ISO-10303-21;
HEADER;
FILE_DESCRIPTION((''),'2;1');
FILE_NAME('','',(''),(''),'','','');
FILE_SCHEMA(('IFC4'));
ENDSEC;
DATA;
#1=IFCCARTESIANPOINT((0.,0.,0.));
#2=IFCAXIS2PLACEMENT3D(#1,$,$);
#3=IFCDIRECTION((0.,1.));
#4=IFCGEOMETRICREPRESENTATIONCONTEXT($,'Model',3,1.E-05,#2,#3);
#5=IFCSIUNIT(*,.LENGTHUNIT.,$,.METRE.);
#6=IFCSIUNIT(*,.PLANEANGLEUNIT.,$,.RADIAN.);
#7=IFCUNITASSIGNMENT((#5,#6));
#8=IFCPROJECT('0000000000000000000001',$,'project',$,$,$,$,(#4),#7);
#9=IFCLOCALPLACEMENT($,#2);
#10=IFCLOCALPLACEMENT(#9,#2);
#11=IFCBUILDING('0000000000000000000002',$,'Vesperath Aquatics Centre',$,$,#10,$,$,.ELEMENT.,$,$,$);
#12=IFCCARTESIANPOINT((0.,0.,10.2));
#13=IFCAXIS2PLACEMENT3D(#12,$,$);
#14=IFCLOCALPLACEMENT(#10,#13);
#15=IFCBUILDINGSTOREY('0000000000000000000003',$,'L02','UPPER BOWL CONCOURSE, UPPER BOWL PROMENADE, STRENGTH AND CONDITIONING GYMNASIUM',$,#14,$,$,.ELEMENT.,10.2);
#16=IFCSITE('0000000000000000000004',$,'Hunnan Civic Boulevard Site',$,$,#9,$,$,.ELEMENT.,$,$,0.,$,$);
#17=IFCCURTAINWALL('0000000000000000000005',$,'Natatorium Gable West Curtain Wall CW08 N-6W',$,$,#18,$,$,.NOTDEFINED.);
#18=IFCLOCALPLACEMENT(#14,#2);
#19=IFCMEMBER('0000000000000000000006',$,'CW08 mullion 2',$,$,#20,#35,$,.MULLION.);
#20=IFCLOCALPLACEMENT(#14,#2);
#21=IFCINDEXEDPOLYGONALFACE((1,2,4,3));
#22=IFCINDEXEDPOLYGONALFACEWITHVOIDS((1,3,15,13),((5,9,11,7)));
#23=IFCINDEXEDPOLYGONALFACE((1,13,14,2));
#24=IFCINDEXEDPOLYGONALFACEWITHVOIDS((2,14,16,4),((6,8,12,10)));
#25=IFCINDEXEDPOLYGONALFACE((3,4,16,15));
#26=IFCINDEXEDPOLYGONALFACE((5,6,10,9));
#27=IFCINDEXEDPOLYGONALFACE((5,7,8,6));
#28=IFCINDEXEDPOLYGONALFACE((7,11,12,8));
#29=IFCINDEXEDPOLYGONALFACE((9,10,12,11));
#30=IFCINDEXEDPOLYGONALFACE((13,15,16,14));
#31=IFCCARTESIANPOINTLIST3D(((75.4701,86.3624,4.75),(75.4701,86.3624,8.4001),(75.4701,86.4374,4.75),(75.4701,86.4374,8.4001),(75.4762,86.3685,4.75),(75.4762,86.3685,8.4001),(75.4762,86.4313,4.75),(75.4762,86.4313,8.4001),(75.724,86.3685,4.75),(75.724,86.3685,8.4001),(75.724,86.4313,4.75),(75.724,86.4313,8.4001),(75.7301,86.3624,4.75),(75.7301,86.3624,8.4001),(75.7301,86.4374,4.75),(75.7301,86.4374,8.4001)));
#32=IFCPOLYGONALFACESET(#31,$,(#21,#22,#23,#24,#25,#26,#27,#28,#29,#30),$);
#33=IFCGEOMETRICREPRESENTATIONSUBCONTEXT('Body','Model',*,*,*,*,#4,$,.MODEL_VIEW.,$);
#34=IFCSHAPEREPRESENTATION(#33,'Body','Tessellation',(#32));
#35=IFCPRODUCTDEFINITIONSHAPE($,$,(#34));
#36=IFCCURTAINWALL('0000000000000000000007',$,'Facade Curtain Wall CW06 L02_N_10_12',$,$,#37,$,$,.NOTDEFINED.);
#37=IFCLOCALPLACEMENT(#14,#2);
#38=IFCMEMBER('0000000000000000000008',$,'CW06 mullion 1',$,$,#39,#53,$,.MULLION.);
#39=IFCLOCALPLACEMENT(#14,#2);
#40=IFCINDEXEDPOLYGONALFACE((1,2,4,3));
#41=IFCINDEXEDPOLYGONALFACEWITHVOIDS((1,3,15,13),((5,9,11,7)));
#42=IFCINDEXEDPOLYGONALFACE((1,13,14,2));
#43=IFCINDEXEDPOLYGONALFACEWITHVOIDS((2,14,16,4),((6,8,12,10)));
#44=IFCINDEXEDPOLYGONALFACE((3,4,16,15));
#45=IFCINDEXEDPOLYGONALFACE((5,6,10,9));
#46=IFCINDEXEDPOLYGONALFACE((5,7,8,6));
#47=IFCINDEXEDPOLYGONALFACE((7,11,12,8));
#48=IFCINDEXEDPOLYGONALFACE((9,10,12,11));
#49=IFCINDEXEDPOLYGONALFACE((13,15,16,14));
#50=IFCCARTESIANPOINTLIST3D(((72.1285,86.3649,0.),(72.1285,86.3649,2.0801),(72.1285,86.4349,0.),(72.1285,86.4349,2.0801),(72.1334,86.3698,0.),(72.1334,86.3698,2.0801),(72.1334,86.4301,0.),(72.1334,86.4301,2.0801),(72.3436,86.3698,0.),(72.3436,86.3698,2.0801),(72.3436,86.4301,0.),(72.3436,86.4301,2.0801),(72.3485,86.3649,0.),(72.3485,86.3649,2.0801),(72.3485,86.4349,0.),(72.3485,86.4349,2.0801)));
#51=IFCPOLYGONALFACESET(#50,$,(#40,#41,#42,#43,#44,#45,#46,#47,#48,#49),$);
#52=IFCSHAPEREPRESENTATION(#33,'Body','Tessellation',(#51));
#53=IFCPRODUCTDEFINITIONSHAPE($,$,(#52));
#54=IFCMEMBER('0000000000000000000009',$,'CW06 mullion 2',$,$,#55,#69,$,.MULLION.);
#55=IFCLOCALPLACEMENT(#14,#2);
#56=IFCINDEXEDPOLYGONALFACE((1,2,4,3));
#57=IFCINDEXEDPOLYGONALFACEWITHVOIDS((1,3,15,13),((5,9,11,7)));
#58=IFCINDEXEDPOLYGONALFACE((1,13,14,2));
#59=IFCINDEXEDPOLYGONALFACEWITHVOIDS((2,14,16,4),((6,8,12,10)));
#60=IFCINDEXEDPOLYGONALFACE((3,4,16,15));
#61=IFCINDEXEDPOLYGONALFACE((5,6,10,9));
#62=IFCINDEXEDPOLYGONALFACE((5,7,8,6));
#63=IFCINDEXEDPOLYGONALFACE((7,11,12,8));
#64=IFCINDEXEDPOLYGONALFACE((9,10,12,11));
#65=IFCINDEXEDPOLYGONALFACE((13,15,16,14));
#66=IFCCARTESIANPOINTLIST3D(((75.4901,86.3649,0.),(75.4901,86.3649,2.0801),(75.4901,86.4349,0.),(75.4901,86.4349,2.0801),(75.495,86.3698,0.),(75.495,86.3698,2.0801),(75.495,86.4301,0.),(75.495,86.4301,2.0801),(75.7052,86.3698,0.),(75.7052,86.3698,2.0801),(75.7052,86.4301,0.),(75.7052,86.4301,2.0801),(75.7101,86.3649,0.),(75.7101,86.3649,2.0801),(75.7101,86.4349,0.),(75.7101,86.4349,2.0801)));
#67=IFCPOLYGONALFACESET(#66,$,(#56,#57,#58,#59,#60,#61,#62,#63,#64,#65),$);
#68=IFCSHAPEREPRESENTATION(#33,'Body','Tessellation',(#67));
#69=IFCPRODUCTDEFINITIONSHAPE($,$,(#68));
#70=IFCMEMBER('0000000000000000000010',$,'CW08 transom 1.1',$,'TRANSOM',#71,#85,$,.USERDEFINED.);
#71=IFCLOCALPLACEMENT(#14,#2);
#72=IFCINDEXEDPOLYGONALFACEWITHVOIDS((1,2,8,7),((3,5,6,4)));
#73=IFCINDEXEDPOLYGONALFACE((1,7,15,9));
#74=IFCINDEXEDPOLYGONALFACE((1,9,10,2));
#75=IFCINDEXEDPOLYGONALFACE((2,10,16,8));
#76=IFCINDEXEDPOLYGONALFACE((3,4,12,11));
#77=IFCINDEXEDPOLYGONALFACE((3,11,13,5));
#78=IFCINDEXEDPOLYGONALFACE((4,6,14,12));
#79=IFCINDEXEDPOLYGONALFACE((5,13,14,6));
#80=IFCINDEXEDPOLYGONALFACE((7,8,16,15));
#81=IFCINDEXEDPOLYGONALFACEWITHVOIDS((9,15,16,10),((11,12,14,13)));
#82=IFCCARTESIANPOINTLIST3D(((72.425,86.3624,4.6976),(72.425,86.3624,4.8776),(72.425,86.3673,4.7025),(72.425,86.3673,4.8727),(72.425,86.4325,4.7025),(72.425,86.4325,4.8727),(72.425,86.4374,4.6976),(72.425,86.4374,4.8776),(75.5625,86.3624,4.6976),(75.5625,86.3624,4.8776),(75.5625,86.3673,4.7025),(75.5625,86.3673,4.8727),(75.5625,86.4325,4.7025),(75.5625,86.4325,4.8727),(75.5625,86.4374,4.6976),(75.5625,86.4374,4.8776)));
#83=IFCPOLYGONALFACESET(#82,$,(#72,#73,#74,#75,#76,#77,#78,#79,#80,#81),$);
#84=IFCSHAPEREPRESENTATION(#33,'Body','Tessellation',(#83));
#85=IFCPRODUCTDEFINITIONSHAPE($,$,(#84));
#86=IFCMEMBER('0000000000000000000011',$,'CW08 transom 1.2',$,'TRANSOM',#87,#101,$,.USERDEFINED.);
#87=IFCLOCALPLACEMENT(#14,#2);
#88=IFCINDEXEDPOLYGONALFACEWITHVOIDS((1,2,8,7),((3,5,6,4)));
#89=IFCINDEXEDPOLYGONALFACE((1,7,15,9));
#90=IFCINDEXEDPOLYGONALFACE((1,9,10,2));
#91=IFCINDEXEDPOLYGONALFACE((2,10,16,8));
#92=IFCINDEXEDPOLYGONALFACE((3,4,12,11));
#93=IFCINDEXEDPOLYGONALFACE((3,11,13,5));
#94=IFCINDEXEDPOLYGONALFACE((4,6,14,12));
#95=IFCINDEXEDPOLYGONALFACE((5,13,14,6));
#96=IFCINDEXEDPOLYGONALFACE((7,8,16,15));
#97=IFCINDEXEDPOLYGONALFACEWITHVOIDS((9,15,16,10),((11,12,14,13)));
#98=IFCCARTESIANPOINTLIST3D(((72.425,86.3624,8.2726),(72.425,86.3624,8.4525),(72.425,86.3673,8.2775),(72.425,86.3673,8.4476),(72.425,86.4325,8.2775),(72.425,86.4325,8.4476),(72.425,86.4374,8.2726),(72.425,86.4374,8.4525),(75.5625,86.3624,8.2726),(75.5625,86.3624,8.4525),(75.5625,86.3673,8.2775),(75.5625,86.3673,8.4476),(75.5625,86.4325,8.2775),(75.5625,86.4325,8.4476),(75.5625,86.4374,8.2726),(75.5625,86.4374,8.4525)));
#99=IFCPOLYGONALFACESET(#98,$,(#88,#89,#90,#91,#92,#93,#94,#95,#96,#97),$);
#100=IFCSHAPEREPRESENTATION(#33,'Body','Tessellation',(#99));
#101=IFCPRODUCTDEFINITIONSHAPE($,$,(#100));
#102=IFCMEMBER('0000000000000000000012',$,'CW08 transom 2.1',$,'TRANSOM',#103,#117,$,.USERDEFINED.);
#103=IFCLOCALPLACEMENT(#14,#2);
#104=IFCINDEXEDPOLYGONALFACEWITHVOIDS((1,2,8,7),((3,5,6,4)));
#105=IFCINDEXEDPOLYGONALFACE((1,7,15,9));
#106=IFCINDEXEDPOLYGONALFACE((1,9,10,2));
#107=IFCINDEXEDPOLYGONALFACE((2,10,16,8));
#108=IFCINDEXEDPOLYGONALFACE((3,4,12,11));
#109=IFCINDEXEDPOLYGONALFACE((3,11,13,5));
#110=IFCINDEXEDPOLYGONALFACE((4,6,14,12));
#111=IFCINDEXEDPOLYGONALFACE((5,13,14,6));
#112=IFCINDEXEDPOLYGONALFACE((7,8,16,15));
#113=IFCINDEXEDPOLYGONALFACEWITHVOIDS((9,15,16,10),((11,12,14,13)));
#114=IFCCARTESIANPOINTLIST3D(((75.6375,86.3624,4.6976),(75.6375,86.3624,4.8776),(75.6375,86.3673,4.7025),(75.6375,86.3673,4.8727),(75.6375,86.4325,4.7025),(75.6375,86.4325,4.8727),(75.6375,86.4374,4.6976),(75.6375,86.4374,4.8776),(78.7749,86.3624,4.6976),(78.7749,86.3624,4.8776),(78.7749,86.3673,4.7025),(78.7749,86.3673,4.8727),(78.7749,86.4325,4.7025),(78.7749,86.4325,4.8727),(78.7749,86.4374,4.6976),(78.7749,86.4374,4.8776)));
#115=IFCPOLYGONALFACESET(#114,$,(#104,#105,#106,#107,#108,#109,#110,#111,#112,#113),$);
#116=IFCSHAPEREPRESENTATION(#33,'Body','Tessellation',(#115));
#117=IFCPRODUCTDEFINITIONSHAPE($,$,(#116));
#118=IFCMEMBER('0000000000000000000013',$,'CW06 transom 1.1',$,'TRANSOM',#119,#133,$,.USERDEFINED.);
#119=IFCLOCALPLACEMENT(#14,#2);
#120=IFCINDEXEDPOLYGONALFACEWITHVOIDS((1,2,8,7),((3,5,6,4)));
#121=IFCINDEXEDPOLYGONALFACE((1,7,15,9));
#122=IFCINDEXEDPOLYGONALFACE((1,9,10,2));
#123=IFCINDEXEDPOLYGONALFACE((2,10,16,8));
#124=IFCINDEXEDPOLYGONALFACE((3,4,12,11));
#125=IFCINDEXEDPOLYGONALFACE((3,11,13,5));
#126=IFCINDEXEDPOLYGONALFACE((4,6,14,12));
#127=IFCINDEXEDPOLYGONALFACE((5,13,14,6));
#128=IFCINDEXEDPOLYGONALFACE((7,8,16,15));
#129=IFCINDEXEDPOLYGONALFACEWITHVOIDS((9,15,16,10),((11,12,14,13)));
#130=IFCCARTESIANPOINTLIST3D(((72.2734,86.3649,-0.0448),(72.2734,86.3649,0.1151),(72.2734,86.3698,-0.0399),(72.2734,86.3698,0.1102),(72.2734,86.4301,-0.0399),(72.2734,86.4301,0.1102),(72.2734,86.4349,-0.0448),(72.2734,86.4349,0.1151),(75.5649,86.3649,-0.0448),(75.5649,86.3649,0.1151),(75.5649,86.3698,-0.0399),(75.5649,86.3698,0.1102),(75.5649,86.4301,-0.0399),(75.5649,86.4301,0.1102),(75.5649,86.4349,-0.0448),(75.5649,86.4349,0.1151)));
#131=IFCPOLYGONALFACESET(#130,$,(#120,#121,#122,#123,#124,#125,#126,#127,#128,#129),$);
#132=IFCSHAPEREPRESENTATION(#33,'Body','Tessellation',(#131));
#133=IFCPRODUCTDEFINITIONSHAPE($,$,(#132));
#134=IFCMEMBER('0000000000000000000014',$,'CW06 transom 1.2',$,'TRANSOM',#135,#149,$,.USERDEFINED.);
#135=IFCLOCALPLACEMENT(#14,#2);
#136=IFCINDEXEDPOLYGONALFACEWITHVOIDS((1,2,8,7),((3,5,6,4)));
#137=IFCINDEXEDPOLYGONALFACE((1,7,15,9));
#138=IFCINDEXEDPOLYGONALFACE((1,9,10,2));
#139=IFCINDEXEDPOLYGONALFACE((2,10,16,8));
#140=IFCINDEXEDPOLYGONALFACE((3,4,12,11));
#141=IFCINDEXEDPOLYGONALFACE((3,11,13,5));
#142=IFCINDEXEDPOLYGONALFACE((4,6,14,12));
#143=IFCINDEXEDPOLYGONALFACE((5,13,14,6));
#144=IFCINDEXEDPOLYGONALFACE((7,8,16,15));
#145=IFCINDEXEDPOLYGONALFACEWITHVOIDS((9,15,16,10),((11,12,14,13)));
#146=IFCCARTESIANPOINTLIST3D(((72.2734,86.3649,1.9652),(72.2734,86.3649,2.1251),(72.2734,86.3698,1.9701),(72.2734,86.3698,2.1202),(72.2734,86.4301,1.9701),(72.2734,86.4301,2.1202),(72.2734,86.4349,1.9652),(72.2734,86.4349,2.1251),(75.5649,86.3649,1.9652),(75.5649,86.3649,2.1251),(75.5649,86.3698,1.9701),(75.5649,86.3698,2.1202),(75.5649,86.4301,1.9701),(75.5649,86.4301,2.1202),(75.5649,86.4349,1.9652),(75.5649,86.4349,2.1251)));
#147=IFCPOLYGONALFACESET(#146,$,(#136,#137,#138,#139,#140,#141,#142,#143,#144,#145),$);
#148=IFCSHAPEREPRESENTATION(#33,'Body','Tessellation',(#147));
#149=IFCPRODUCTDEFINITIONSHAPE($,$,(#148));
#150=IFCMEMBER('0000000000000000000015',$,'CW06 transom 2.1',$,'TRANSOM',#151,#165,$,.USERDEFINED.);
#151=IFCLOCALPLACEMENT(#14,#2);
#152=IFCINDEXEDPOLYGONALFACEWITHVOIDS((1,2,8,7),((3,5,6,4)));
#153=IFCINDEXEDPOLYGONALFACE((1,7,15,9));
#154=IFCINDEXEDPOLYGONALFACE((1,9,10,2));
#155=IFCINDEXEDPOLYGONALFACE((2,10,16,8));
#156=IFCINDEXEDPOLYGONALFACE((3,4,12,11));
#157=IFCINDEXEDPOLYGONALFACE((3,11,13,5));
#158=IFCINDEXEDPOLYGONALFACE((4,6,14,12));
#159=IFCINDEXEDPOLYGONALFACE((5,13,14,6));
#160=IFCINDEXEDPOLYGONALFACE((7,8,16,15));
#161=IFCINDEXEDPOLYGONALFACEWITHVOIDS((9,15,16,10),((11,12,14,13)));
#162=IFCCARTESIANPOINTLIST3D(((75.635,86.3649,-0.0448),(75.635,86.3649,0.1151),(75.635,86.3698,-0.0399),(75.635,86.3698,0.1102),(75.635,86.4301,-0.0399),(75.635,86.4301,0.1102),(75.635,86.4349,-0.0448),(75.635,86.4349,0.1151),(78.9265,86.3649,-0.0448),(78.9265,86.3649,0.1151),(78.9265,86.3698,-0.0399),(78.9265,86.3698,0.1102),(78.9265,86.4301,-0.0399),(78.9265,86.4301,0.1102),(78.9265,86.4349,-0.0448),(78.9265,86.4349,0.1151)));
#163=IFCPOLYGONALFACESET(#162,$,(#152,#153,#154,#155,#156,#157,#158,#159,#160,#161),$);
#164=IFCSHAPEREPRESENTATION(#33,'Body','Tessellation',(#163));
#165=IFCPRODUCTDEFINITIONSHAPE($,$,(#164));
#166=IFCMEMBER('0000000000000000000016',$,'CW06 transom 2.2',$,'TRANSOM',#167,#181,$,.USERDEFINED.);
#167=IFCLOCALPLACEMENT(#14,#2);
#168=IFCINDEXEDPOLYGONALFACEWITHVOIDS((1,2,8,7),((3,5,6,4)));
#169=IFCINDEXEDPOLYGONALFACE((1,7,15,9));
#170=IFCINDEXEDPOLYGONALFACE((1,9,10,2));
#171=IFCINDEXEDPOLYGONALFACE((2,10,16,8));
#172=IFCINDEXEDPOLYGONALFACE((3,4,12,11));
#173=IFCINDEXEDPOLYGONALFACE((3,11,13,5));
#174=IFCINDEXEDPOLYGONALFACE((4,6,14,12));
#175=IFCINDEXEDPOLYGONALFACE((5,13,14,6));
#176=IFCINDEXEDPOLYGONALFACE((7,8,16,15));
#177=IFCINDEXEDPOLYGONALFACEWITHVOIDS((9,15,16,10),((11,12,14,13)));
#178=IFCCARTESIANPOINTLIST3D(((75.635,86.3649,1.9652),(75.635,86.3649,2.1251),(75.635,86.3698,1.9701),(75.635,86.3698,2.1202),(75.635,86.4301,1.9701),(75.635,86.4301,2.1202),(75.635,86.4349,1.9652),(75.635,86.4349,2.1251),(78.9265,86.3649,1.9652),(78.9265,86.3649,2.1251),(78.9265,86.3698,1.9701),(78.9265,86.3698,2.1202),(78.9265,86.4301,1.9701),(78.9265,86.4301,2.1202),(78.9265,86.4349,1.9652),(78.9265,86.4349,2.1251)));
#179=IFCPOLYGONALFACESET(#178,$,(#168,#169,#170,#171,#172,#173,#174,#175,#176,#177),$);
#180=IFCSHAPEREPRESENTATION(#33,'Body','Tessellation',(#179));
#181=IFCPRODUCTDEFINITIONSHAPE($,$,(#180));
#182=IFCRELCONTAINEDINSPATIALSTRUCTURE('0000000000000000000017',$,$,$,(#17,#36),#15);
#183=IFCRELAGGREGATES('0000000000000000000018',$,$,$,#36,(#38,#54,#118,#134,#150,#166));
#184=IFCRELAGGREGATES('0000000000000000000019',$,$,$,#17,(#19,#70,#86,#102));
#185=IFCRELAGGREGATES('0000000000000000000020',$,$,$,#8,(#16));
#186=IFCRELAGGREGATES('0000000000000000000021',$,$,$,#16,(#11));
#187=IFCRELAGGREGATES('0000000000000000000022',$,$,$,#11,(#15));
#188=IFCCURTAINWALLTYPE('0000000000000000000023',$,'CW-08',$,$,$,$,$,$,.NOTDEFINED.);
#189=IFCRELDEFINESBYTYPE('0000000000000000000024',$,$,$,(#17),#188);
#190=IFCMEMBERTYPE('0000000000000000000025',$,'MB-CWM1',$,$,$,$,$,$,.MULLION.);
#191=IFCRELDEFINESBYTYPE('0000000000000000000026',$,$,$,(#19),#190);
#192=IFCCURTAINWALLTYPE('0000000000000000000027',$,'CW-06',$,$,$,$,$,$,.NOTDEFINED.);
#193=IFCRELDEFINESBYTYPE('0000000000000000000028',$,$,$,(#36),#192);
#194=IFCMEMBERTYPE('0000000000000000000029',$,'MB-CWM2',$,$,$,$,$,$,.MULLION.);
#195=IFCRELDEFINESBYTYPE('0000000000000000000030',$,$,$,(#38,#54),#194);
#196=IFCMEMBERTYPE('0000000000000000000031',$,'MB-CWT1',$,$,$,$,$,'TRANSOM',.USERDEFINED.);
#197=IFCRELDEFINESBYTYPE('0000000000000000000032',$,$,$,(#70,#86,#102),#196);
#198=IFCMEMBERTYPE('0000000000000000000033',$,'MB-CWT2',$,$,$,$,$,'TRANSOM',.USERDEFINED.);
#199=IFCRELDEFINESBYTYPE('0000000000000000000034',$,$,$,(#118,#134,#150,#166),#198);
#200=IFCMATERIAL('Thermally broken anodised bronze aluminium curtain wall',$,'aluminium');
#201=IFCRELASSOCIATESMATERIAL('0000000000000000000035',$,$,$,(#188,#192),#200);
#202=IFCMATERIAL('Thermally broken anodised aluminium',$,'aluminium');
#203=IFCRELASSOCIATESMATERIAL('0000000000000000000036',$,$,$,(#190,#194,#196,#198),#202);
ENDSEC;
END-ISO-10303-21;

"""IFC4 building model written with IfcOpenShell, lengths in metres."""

from ifc_helpers import new_model, si_unit, direction, frame, origin, origin_2d, place, context, subcontext, project, spatial, hollow_rectangle, extrude, material, material_profile, profile_set, type_object, element, aggregate, save


model = new_model("IFC4")

# Units and contexts
model_context = context("Model", 3, precision=1e-05, world=origin(), true_north=direction((0.0, 1.0)))
body_context = subcontext(model_context, "Body", "Model", "MODEL_VIEW")
ifc_project = project(units=[si_unit("LENGTHUNIT", "METRE"), si_unit("PLANEANGLEUNIT", "RADIAN")], contexts=[model_context])

# Site, building, storey
site_placement = place(None, origin())
site = spatial("IfcSite", under=ifc_project, at=site_placement, Name="Hunnan Civic Boulevard Site", CompositionType="ELEMENT", RefElevation=0.0)
building_placement = place(site_placement, origin())
building = spatial("IfcBuilding", under=site, at=building_placement, Name="Vesperath Aquatics Centre", CompositionType="ELEMENT")
storey_placement = place(building_placement, frame((0.0, 0.0, 10.2)))
storey = spatial("IfcBuildingStorey", under=building, at=storey_placement, Name="L02", Description="UPPER BOWL CONCOURSE, UPPER BOWL PROMENADE, STRENGTH AND CONDITIONING GYMNASIUM", CompositionType="ELEMENT", Elevation=10.2)

# Curtain walls, members
ifc_material_1 = material(Name="Thermally broken anodised bronze aluminium curtain wall", Category="aluminium")
curtain_wall_type_1 = type_object("IfcCurtainWallType", Name="CW-08", PredefinedType="NOTDEFINED", material=ifc_material_1)
curtain_wall_1_placement = place(storey_placement, origin())
curtain_wall_1 = element("IfcCurtainWall", 1, at=curtain_wall_1_placement, inside=storey, type_object=curtain_wall_type_1, Name="Natatorium Gable West Curtain Wall CW08 N-6W", PredefinedType="NOTDEFINED")
ifc_material_2 = material(Name="Thermally broken anodised aluminium", Category="aluminium")
ifc_material_profile_1 = material_profile(ifc_material_2, hollow_rectangle(XDim=0.075, YDim=0.26, WallThickness=0.0061, at=origin_2d()), Name="CWM 75x260x6")
ifc_profile_set_1 = profile_set([ifc_material_profile_1], Name="Thermally broken anodised aluminium")
member_type_1 = type_object("IfcMemberType", Name="MB-CWM1", PredefinedType="MULLION", material=ifc_profile_set_1)
member_1_placement = place(storey_placement, frame((75.6001, 86.3999, 4.75), z_axis=(0.0, 0.0, 1.0), x_axis=(0.0, 1.0, 0.0)))
member_1 = element("IfcMember", 2, at=member_1_placement, type_object=member_type_1, Name="CW08 mullion 2", PredefinedType="MULLION", context=body_context, shape_type="SweptSolid", body=[
    extrude(hollow_rectangle(XDim=0.075, YDim=0.26, WallThickness=0.0061, at=origin_2d()), origin(), (0.0, 0.0, 1.0), 3.6501),
])
curtain_wall_type_2 = type_object("IfcCurtainWallType", Name="CW-06", PredefinedType="NOTDEFINED", material=ifc_material_1)
curtain_wall_2_placement = place(storey_placement, origin())
curtain_wall_2 = element("IfcCurtainWall", 3, at=curtain_wall_2_placement, inside=storey, type_object=curtain_wall_type_2, Name="Facade Curtain Wall CW06 L02_N_10_12", PredefinedType="NOTDEFINED")
ifc_material_profile_2 = material_profile(ifc_material_2, hollow_rectangle(XDim=0.0701, YDim=0.22, WallThickness=0.0049, at=origin_2d()), Name="CWM 70x220x5")
ifc_profile_set_2 = profile_set([ifc_material_profile_2], Name="Thermally broken anodised aluminium")
member_type_2 = type_object("IfcMemberType", Name="MB-CWM2", PredefinedType="MULLION", material=ifc_profile_set_2)
member_2_placement = place(storey_placement, frame((72.2385, 86.3999, 0.0), z_axis=(0.0, 0.0, 1.0), x_axis=(0.0, 1.0, 0.0)))
member_2 = element("IfcMember", 4, at=member_2_placement, type_object=member_type_2, Name="CW06 mullion 1", PredefinedType="MULLION", context=body_context, shape_type="SweptSolid", body=[
    extrude(hollow_rectangle(XDim=0.0701, YDim=0.22, WallThickness=0.0049, at=origin_2d()), origin(), (0.0, 0.0, 1.0), 2.0801),
])
member_3_placement = place(storey_placement, frame((75.6001, 86.3999, 0.0), z_axis=(0.0, 0.0, 1.0), x_axis=(0.0, 1.0, 0.0)))
member_3 = element("IfcMember", 5, at=member_3_placement, type_object=member_type_2, Name="CW06 mullion 2", PredefinedType="MULLION", context=body_context, shape_type="SweptSolid", body=[
    extrude(hollow_rectangle(XDim=0.0701, YDim=0.22, WallThickness=0.0049, at=origin_2d()), origin(), (0.0, 0.0, 1.0), 2.0801),
])

# Members
ifc_material_profile_3 = material_profile(ifc_material_2, hollow_rectangle(XDim=0.075, YDim=0.1799, WallThickness=0.0049, at=origin_2d()), Name="CWT 75x180x5")
ifc_profile_set_3 = profile_set([ifc_material_profile_3], Name="Thermally broken anodised aluminium")
member_type_3 = type_object("IfcMemberType", Name="MB-CWT1", ElementType="TRANSOM", PredefinedType="USERDEFINED", material=ifc_profile_set_3)
member_4_placement = place(storey_placement, frame((72.425, 86.3999, 4.7876), z_axis=(1.0, 0.0, 0.0), x_axis=(0.0, 1.0, 0.0)))
member_4 = element("IfcMember", 6, at=member_4_placement, type_object=member_type_3, Name="CW08 transom 1.1", ObjectType="TRANSOM", PredefinedType="USERDEFINED", context=body_context, shape_type="SweptSolid", body=[
    extrude(hollow_rectangle(XDim=0.075, YDim=0.1799, WallThickness=0.0049, at=origin_2d()), origin(), (0.0, 0.0, 1.0), 3.1375),
])
member_5_placement = place(storey_placement, frame((72.425, 86.3999, 8.3625), z_axis=(1.0, 0.0, 0.0), x_axis=(0.0, 1.0, 0.0)))
member_5 = element("IfcMember", 7, at=member_5_placement, type_object=member_type_3, Name="CW08 transom 1.2", ObjectType="TRANSOM", PredefinedType="USERDEFINED", context=body_context, shape_type="SweptSolid", body=[
    extrude(hollow_rectangle(XDim=0.075, YDim=0.1799, WallThickness=0.0049, at=origin_2d()), origin(), (0.0, 0.0, 1.0), 3.1375),
])
member_6_placement = place(storey_placement, frame((75.6375, 86.3999, 4.7876), z_axis=(1.0, 0.0, 0.0), x_axis=(0.0, 1.0, 0.0)))
member_6 = element("IfcMember", 8, at=member_6_placement, type_object=member_type_3, Name="CW08 transom 2.1", ObjectType="TRANSOM", PredefinedType="USERDEFINED", context=body_context, shape_type="SweptSolid", body=[
    extrude(hollow_rectangle(XDim=0.075, YDim=0.1799, WallThickness=0.0049, at=origin_2d()), origin(), (0.0, 0.0, 1.0), 3.1375),
])
ifc_material_profile_4 = material_profile(ifc_material_2, hollow_rectangle(XDim=0.0701, YDim=0.1599, WallThickness=0.0049, at=origin_2d()), Name="CWT 70x160x5")
ifc_profile_set_4 = profile_set([ifc_material_profile_4], Name="Thermally broken anodised aluminium")
member_type_4 = type_object("IfcMemberType", Name="MB-CWT2", ElementType="TRANSOM", PredefinedType="USERDEFINED", material=ifc_profile_set_4)
member_7_placement = place(storey_placement, frame((72.2734, 86.3999, 0.0352), z_axis=(1.0, 0.0, 0.0), x_axis=(0.0, 1.0, 0.0)))
member_7 = element("IfcMember", 9, at=member_7_placement, type_object=member_type_4, Name="CW06 transom 1.1", ObjectType="TRANSOM", PredefinedType="USERDEFINED", context=body_context, shape_type="SweptSolid", body=[
    extrude(hollow_rectangle(XDim=0.0701, YDim=0.1599, WallThickness=0.0049, at=origin_2d()), origin(), (0.0, 0.0, 1.0), 3.2915),
])
member_8_placement = place(storey_placement, frame((72.2734, 86.3999, 2.0452), z_axis=(1.0, 0.0, 0.0), x_axis=(0.0, 1.0, 0.0)))
member_8 = element("IfcMember", 10, at=member_8_placement, type_object=member_type_4, Name="CW06 transom 1.2", ObjectType="TRANSOM", PredefinedType="USERDEFINED", context=body_context, shape_type="SweptSolid", body=[
    extrude(hollow_rectangle(XDim=0.0701, YDim=0.1599, WallThickness=0.0049, at=origin_2d()), origin(), (0.0, 0.0, 1.0), 3.2915),
])
member_9_placement = place(storey_placement, frame((75.635, 86.3999, 0.0352), z_axis=(1.0, 0.0, 0.0), x_axis=(0.0, 1.0, 0.0)))
member_9 = element("IfcMember", 11, at=member_9_placement, type_object=member_type_4, Name="CW06 transom 2.1", ObjectType="TRANSOM", PredefinedType="USERDEFINED", context=body_context, shape_type="SweptSolid", body=[
    extrude(hollow_rectangle(XDim=0.0701, YDim=0.1599, WallThickness=0.0049, at=origin_2d()), origin(), (0.0, 0.0, 1.0), 3.2915),
])
member_10_placement = place(storey_placement, frame((75.635, 86.3999, 2.0452), z_axis=(1.0, 0.0, 0.0), x_axis=(0.0, 1.0, 0.0)))
member_10 = element("IfcMember", 12, at=member_10_placement, type_object=member_type_4, Name="CW06 transom 2.2", ObjectType="TRANSOM", PredefinedType="USERDEFINED", context=body_context, shape_type="SweptSolid", body=[
    extrude(hollow_rectangle(XDim=0.0701, YDim=0.1599, WallThickness=0.0049, at=origin_2d()), origin(), (0.0, 0.0, 1.0), 3.2915),
])

aggregate(curtain_wall_2, [member_2, member_3, member_7, member_8, member_9, member_10])
aggregate(curtain_wall_1, [member_1, member_4, member_5, member_6])

save(model, "model.ifc")
